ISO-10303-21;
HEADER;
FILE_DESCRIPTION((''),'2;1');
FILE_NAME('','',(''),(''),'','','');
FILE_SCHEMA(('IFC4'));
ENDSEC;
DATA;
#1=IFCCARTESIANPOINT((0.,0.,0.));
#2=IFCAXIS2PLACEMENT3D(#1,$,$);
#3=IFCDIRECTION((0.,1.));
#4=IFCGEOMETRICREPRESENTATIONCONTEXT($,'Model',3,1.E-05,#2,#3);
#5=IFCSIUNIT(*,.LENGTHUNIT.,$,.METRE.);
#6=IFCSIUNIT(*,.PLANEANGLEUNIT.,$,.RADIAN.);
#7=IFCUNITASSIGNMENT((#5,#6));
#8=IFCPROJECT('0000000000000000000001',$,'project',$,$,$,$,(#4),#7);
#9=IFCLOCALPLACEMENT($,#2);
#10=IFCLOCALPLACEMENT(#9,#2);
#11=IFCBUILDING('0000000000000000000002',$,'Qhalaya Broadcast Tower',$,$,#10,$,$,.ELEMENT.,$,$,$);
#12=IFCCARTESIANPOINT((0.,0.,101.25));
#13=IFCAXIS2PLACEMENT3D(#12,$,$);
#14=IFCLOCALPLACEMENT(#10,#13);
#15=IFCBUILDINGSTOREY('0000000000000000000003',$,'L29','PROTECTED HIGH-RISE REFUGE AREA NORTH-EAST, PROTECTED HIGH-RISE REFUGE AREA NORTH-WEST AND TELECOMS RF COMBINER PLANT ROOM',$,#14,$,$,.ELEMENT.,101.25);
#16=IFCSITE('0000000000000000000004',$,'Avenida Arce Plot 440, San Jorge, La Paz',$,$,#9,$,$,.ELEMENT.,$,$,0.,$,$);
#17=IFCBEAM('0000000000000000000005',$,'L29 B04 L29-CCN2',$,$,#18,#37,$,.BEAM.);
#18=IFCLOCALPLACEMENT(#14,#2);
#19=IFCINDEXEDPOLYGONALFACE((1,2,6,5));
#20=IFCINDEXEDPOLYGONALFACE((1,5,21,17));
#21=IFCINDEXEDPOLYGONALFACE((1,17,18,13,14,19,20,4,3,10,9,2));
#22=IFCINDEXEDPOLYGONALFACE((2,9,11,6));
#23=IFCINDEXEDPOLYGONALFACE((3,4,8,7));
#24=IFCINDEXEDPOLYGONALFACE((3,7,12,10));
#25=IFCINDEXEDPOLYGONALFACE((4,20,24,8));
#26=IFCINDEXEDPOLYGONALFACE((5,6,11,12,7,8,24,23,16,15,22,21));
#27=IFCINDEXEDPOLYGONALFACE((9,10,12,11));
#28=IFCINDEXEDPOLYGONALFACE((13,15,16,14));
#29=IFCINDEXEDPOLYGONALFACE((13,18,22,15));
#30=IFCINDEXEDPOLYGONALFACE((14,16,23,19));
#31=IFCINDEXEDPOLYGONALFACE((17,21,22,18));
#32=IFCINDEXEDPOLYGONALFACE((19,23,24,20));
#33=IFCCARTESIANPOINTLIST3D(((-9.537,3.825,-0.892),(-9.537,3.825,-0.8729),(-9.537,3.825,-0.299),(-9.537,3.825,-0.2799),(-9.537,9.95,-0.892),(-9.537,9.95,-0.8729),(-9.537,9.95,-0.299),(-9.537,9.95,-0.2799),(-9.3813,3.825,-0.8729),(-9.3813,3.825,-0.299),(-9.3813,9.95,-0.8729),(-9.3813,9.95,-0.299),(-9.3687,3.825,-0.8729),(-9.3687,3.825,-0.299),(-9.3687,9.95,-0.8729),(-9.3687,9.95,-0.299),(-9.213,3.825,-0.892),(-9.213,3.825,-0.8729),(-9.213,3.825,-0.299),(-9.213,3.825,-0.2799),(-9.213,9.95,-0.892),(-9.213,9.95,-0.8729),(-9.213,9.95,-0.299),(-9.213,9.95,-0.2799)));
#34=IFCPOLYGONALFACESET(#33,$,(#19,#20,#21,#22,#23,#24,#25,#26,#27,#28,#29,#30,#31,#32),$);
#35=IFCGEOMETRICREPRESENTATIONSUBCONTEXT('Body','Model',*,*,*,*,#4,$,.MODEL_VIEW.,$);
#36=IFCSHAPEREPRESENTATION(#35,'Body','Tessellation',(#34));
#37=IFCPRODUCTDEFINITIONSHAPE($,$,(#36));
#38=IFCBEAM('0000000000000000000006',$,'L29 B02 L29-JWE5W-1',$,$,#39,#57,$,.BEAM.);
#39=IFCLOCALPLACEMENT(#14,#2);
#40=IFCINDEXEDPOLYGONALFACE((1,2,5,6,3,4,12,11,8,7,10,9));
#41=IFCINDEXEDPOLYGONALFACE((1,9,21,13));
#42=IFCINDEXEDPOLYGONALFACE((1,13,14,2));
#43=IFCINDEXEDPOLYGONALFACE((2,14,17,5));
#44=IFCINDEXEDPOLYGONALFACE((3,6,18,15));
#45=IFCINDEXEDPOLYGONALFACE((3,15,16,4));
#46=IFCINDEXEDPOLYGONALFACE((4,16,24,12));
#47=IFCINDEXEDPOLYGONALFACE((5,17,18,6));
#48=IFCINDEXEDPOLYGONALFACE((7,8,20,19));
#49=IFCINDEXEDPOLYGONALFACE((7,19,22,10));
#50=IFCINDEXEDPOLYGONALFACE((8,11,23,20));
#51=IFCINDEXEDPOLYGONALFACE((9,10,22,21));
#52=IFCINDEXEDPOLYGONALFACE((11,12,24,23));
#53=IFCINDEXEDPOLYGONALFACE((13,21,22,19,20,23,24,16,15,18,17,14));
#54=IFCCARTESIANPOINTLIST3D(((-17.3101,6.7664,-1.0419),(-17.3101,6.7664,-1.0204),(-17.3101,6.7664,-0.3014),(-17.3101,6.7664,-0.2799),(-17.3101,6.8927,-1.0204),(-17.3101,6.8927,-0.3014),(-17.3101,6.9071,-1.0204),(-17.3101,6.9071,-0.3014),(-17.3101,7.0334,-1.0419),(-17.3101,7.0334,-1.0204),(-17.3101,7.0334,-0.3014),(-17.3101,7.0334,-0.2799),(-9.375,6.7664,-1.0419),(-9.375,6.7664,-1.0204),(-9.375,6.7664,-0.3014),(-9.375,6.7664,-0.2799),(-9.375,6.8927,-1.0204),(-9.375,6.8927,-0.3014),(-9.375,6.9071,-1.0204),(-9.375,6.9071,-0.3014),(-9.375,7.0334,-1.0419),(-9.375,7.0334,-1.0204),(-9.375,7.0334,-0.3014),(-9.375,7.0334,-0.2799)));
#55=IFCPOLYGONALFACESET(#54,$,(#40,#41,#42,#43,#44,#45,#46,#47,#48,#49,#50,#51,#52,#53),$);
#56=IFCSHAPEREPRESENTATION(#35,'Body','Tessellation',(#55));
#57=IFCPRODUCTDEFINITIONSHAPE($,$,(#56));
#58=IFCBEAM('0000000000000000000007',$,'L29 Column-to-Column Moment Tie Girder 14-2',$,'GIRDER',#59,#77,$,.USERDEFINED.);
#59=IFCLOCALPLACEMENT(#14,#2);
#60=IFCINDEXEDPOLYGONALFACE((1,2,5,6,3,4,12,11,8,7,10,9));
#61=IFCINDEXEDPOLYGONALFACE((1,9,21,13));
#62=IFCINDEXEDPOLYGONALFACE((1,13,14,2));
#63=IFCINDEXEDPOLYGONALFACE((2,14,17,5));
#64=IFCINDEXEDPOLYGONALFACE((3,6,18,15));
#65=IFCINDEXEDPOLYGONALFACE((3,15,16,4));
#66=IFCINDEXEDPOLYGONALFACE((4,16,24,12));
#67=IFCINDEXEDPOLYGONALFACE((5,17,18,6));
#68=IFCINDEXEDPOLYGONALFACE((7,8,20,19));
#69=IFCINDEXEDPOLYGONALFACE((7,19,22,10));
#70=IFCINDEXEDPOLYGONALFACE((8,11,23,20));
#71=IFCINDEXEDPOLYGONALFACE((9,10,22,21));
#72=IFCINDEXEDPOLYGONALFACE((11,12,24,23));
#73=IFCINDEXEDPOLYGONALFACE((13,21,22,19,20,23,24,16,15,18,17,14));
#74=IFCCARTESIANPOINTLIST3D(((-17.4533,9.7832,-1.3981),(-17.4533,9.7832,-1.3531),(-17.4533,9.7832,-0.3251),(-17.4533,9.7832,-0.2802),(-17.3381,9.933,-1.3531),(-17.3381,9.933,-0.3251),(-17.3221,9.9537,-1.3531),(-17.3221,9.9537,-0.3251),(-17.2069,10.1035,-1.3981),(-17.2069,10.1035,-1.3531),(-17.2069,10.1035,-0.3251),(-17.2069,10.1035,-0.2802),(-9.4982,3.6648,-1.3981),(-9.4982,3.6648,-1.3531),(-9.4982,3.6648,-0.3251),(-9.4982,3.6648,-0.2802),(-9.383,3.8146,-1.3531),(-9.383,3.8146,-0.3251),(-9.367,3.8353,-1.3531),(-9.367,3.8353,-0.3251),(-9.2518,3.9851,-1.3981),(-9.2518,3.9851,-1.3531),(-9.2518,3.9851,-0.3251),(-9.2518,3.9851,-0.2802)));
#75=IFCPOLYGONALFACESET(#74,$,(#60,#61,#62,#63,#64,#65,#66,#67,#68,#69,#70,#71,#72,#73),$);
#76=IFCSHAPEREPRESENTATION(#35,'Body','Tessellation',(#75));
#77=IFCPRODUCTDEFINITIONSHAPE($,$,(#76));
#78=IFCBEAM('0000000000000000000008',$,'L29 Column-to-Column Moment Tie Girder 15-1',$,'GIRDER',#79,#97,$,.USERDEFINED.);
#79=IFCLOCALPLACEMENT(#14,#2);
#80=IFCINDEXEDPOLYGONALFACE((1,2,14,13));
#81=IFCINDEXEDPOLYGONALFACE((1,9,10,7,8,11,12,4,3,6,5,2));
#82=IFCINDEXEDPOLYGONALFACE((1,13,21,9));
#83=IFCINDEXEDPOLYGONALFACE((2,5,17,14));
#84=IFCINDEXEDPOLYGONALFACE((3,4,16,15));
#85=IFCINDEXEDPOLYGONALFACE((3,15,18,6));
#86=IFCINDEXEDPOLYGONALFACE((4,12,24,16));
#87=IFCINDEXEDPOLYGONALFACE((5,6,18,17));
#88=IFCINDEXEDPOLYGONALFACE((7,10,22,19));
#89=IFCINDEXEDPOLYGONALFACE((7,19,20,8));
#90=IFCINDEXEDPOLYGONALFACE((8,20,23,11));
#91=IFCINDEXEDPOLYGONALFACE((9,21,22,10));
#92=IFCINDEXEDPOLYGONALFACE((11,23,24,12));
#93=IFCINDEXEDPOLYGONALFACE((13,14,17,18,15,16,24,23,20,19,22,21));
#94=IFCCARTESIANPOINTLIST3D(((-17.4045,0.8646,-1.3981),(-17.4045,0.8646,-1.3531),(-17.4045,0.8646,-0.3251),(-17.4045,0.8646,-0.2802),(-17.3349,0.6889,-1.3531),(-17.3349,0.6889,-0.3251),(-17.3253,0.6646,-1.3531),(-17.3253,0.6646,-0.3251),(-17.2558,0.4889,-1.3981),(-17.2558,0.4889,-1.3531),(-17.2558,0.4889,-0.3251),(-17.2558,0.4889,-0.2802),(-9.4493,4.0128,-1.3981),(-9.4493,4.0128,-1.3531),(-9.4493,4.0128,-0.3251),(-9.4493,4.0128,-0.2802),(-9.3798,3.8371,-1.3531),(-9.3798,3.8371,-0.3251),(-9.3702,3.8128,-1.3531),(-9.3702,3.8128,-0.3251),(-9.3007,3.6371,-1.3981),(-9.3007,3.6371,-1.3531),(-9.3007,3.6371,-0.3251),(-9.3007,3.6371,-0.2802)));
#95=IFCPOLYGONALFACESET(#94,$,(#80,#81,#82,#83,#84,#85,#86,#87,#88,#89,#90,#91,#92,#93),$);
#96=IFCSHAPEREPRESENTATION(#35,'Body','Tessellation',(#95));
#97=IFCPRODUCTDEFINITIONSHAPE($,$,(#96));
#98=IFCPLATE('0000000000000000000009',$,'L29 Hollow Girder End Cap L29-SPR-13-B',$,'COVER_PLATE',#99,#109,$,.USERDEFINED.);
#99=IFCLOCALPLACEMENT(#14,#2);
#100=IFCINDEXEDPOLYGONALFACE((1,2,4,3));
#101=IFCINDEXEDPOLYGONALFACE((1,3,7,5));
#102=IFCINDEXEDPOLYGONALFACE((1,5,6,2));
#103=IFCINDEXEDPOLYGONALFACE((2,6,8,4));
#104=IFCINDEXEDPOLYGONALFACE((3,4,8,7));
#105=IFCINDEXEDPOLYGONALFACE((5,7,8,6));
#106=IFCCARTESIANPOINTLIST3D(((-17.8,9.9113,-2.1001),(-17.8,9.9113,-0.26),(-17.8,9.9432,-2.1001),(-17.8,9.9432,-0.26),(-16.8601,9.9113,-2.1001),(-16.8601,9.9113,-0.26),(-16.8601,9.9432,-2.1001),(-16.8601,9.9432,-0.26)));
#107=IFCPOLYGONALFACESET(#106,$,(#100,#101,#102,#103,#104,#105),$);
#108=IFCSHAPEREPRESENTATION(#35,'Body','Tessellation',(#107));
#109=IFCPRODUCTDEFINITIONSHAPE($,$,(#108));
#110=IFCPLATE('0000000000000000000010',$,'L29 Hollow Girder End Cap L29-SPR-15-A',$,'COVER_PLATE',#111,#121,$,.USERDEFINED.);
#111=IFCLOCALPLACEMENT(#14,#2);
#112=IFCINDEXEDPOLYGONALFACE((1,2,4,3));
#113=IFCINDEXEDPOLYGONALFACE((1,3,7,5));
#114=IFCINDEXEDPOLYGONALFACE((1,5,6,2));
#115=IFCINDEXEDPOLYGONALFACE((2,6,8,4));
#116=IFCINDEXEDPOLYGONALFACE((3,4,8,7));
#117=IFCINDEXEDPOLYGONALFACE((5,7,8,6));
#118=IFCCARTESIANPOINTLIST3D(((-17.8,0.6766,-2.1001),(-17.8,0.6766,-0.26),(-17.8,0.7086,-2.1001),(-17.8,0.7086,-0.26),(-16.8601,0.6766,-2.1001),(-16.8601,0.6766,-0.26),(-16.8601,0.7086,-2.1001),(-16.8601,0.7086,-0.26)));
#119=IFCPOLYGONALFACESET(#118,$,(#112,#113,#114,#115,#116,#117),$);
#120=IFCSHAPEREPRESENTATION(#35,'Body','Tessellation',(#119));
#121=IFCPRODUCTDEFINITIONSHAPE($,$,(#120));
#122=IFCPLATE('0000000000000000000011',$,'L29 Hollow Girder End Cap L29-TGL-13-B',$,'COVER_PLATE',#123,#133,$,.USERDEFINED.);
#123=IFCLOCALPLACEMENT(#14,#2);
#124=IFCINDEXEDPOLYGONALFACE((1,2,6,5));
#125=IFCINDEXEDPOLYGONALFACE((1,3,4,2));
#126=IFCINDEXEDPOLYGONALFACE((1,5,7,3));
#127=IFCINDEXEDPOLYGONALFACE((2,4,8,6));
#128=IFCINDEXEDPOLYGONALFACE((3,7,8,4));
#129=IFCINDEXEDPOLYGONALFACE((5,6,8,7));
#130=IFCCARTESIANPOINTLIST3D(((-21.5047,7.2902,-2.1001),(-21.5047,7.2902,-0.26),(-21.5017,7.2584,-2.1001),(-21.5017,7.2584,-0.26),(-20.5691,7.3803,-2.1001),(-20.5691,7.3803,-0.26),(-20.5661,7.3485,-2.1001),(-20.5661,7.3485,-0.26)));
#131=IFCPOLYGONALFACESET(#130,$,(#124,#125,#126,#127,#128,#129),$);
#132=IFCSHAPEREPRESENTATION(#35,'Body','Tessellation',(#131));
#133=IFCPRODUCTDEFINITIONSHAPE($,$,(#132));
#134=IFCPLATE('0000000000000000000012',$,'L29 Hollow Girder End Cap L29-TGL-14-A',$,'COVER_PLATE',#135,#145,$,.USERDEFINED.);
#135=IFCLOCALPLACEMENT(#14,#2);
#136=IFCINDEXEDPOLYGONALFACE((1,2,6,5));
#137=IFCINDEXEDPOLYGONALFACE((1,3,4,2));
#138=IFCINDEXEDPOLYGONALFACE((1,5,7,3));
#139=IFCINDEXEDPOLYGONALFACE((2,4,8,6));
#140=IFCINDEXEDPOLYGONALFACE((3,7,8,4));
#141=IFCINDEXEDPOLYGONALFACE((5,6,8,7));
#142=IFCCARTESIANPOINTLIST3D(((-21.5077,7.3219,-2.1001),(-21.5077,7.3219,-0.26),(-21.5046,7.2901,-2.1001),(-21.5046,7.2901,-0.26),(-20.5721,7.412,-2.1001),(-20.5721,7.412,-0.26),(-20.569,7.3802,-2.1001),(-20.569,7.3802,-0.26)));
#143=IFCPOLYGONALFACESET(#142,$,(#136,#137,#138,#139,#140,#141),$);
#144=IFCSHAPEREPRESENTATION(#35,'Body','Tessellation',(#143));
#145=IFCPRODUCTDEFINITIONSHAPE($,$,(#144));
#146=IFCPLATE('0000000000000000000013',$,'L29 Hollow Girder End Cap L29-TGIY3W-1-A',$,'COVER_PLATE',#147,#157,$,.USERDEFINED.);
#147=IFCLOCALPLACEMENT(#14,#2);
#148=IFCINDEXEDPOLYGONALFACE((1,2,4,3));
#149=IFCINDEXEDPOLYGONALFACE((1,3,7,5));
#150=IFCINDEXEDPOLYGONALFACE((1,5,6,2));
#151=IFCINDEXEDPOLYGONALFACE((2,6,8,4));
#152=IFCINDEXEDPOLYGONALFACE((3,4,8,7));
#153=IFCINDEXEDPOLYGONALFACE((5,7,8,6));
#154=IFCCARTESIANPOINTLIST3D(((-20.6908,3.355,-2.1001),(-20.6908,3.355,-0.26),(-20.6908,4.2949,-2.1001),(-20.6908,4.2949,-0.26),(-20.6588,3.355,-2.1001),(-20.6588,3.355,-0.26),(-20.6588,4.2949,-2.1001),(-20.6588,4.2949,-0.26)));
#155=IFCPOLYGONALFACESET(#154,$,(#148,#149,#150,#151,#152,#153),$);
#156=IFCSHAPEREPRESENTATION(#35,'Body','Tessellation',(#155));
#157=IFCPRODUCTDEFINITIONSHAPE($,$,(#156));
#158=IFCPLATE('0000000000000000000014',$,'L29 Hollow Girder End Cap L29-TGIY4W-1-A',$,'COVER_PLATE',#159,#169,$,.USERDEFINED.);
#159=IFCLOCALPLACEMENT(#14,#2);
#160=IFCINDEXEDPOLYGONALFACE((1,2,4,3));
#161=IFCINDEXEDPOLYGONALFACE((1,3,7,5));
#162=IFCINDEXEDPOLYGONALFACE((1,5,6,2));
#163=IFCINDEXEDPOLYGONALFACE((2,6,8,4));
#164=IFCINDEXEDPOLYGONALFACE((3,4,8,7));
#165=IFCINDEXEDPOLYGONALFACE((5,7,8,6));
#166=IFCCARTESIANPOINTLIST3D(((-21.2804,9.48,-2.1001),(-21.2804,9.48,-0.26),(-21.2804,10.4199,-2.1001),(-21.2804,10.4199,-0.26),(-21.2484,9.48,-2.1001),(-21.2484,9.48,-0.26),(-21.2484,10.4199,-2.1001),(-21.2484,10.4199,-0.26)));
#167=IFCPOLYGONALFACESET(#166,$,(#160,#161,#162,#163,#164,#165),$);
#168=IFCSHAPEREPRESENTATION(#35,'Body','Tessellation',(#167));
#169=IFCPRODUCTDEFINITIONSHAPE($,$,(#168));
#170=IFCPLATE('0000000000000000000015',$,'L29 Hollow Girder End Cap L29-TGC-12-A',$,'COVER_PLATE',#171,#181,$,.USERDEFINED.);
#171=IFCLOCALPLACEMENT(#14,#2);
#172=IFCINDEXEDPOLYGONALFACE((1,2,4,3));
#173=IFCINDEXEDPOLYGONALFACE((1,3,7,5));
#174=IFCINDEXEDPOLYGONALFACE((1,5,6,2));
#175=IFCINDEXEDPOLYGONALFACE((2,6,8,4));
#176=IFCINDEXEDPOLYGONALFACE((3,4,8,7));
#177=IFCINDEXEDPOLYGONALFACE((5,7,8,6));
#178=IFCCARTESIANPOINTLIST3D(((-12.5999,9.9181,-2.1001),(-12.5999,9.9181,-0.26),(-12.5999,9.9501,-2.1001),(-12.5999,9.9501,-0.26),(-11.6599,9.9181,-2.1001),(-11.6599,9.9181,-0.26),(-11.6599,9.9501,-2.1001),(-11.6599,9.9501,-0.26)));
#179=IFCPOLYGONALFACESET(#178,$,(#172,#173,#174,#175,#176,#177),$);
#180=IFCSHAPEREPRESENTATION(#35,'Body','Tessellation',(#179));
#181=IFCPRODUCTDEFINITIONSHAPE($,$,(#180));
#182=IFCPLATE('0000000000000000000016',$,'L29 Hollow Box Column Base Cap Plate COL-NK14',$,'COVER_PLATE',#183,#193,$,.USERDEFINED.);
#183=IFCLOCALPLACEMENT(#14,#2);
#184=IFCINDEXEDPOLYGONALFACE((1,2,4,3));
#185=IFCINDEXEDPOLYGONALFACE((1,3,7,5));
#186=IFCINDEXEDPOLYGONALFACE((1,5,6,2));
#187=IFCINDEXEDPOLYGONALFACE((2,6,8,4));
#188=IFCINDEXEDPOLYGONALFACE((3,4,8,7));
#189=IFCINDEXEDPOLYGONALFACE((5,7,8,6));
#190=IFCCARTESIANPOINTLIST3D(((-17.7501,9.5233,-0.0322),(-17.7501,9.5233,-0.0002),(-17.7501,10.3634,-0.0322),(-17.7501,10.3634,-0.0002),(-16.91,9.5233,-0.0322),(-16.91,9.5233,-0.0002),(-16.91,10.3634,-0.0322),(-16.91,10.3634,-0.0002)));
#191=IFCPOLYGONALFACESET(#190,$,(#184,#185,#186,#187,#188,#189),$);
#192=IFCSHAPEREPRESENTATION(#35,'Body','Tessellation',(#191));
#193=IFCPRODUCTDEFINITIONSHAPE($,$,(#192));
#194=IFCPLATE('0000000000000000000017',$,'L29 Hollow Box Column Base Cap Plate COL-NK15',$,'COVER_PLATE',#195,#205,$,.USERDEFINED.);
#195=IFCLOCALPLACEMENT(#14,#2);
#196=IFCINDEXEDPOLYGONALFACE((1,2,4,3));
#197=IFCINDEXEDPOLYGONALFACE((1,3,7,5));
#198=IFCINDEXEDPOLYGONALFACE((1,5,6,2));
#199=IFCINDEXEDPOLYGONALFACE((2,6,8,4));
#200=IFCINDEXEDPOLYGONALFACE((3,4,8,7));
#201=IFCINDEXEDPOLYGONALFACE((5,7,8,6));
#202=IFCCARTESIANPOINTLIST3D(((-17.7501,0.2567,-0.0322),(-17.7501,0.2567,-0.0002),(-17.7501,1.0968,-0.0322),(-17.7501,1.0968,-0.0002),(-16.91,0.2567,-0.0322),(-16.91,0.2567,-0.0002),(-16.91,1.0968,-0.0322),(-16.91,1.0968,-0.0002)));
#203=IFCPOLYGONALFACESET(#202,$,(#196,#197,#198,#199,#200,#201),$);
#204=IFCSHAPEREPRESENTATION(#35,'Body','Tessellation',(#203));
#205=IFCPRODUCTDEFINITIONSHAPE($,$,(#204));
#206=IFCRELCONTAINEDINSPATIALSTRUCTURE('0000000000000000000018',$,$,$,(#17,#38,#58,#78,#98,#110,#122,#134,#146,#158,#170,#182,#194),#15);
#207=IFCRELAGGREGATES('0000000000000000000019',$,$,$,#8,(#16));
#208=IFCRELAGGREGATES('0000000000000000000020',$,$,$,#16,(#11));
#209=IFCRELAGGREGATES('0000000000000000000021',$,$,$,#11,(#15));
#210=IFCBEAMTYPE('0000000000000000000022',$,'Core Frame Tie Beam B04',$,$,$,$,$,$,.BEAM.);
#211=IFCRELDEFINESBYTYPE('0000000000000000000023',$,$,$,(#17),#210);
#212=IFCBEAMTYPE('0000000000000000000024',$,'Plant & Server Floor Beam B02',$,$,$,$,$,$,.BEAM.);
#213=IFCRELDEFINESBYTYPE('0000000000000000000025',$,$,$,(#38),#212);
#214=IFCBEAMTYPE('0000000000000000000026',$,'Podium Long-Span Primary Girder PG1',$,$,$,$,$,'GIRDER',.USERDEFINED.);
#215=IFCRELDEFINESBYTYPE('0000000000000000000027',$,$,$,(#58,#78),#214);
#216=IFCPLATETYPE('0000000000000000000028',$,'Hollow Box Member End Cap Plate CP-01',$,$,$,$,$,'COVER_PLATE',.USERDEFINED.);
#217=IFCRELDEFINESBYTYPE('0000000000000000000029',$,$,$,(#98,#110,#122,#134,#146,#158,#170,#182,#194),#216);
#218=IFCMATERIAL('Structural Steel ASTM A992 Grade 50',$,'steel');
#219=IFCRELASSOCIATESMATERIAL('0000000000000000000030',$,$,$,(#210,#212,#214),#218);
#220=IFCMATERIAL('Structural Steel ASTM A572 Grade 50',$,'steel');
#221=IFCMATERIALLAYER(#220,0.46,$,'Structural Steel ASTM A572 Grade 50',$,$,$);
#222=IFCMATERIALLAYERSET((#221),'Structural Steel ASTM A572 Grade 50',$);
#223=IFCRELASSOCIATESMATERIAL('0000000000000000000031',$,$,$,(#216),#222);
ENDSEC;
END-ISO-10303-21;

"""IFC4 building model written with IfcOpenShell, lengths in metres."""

from ifc_helpers import new_model, si_unit, direction, frame, origin, origin_2d, place, context, subcontext, project, spatial, rectangle, i_section, extrude, material, layer, layer_set, material_profile, profile_set, type_object, element, save


model = new_model("IFC4")

# Units and contexts
model_context = context("Model", 3, precision=1e-05, world=origin(), true_north=direction((0.0, 1.0)))
body_context = subcontext(model_context, "Body", "Model", "MODEL_VIEW")
ifc_project = project(units=[si_unit("LENGTHUNIT", "METRE"), si_unit("PLANEANGLEUNIT", "RADIAN")], contexts=[model_context])

# Site, building, storey
site_placement = place(None, origin())
site = spatial("IfcSite", under=ifc_project, at=site_placement, Name="Avenida Arce Plot 440, San Jorge, La Paz", CompositionType="ELEMENT", RefElevation=0.0)
building_placement = place(site_placement, origin())
building = spatial("IfcBuilding", under=site, at=building_placement, Name="Qhalaya Broadcast Tower", CompositionType="ELEMENT")
storey_placement = place(building_placement, frame((0.0, 0.0, 101.25)))
storey = spatial("IfcBuildingStorey", under=building, at=storey_placement, Name="L29", Description="PROTECTED HIGH-RISE REFUGE AREA NORTH-EAST, PROTECTED HIGH-RISE REFUGE AREA NORTH-WEST AND TELECOMS RF COMBINER PLANT ROOM", CompositionType="ELEMENT", Elevation=101.25)

# Shared definitions
ifc_material_1 = material(Name="Structural Steel ASTM A572 Grade 50", Category="steel")

# Beams
ifc_material_2 = material(Name="Structural Steel ASTM A992 Grade 50", Category="steel")
ifc_material_profile_1 = material_profile(ifc_material_2, i_section(OverallWidth=0.324, OverallDepth=0.6121, WebThickness=0.0127, FlangeThickness=0.019, at=origin_2d()), Name="W24X104")
ifc_profile_set_1 = profile_set([ifc_material_profile_1], Name="Structural Steel ASTM A992 Grade 50")
beam_type_1 = type_object("IfcBeamType", Name="Core Frame Tie Beam B04", PredefinedType="BEAM", material=ifc_profile_set_1)
beam_1_placement = place(storey_placement, frame((-9.375, 3.825, -0.5859), z_axis=(0.0, 1.0, 0.0), x_axis=(-1.0, 0.0, 0.0)))
element("IfcBeam", 1, at=beam_1_placement, inside=storey, type_object=beam_type_1, Name="L29 B04 L29-CCN2", PredefinedType="BEAM", context=body_context, shape_type="SweptSolid", body=[
    extrude(i_section(OverallWidth=0.324, OverallDepth=0.6121, WebThickness=0.0127, FlangeThickness=0.019, at=origin_2d()), origin(), (0.0, 0.0, 1.0), 6.125),
])
ifc_material_profile_2 = material_profile(ifc_material_2, i_section(OverallWidth=0.2671, OverallDepth=0.762, WebThickness=0.0144, FlangeThickness=0.0215, at=origin_2d()), Name="W30X116")
ifc_profile_set_2 = profile_set([ifc_material_profile_2], Name="Structural Steel ASTM A992 Grade 50")
beam_type_2 = type_object("IfcBeamType", Name="Plant & Server Floor Beam B02", PredefinedType="BEAM", material=ifc_profile_set_2)
beam_2_placement = place(storey_placement, frame((-17.3101, 6.8999, -0.6609), z_axis=(1.0, 0.0, 0.0), x_axis=(0.0, 1.0, 0.0)))
element("IfcBeam", 2, at=beam_2_placement, inside=storey, type_object=beam_type_2, Name="L29 B02 L29-JWE5W-1", PredefinedType="BEAM", context=body_context, shape_type="SweptSolid", body=[
    extrude(i_section(OverallWidth=0.2671, OverallDepth=0.762, WebThickness=0.0144, FlangeThickness=0.0215, at=origin_2d()), origin(), (0.0, 0.0, 1.0), 7.9351),
])
ifc_material_profile_3 = material_profile(ifc_material_2, i_section(OverallWidth=0.4041, OverallDepth=1.1179, WebThickness=0.0261, FlangeThickness=0.0449, at=origin_2d()), Name="W44X335")
ifc_profile_set_3 = profile_set([ifc_material_profile_3], Name="Structural Steel ASTM A992 Grade 50")
beam_type_3 = type_object("IfcBeamType", Name="Podium Long-Span Primary Girder PG1", ElementType="GIRDER", PredefinedType="USERDEFINED", material=ifc_profile_set_3)
beam_3_placement = place(storey_placement, frame((-9.375, 3.825, -0.8391), z_axis=(-0.792666, 0.609656, 0.0), x_axis=(-0.609656, -0.792666, 0.0)))
element("IfcBeam", 3, at=beam_3_placement, inside=storey, type_object=beam_type_3, Name="L29 Column-to-Column Moment Tie Girder 14-2", ObjectType="GIRDER", PredefinedType="USERDEFINED", context=body_context, shape_type="SweptSolid", body=[
    extrude(i_section(OverallWidth=0.4041, OverallDepth=1.1179, WebThickness=0.0261, FlangeThickness=0.0449, at=origin_2d()), origin(), (0.0, 0.0, 1.0), 10.0359),
])
beam_4_placement = place(storey_placement, frame((-9.375, 3.825, -0.8391), z_axis=(-0.929834, -0.367979, 0.0), x_axis=(0.367979, -0.929834, 0.0)))
element("IfcBeam", 4, at=beam_4_placement, inside=storey, type_object=beam_type_3, Name="L29 Column-to-Column Moment Tie Girder 15-1", ObjectType="GIRDER", PredefinedType="USERDEFINED", context=body_context, shape_type="SweptSolid", body=[
    extrude(i_section(OverallWidth=0.4041, OverallDepth=1.1179, WebThickness=0.0261, FlangeThickness=0.0449, at=origin_2d()), origin(), (0.0, 0.0, 1.0), 8.5554),
])

# Plates
ifc_layer_1 = layer(ifc_material_1, 0.46, Name="Structural Steel ASTM A572 Grade 50")
ifc_layer_set_1 = layer_set([ifc_layer_1], Name="Structural Steel ASTM A572 Grade 50")
plate_type_1 = type_object("IfcPlateType", Name="Hollow Box Member End Cap Plate CP-01", ElementType="COVER_PLATE", PredefinedType="USERDEFINED", material=ifc_layer_set_1)
for number, where, z_axis, x_axis, name in (
    (5, (-17.3301, 9.9272, -2.1001), (0.0, 0.0, 1.0), (1.0, 0.0, 0.0), "L29 Hollow Girder End Cap L29-SPR-13-B"),
    (6, (-17.3301, 0.6926, -2.1001), (0.0, 0.0, 1.0), (1.0, 0.0, 0.0), "L29 Hollow Girder End Cap L29-SPR-15-A"),
    (7, (-21.0354, 7.3193, -2.1001), (0.0, 0.0, 1.0), (0.995396, 0.095846, 0.0), "L29 Hollow Girder End Cap L29-TGL-13-B"),
    (8, (-21.0383, 7.3511, -2.1001), (0.0, 0.0, 1.0), (0.995396, 0.095846, 0.0), "L29 Hollow Girder End Cap L29-TGL-14-A"),
    (9, (-20.6748, 3.825, -2.1001), (0.0, 0.0, 1.0), (0.0, 1.0, 0.0), "L29 Hollow Girder End Cap L29-TGIY3W-1-A"),
    (10, (-21.2644, 9.95, -2.1001), (0.0, 0.0, 1.0), (0.0, 1.0, 0.0), "L29 Hollow Girder End Cap L29-TGIY4W-1-A"),
    (11, (-12.1299, 9.9341, -2.1001), (0.0, 0.0, 1.0), (-1.0, 0.0, 0.0), "L29 Hollow Girder End Cap L29-TGC-12-A"),
):
    element("IfcPlate", number, at=place(storey_placement, frame(where, z_axis=z_axis, x_axis=x_axis)), inside=storey, type_object=plate_type_1, Name=name, ObjectType="COVER_PLATE", PredefinedType="USERDEFINED", context=body_context, shape_type="SweptSolid", body=[
        extrude(rectangle(XDim=0.9399, YDim=0.032, at=origin_2d()), origin(), (0.0, 0.0, 1.0), 1.8401),
    ])
for number, where, z_axis, x_axis, name in (
    (12, (-17.3301, 9.9434, -0.0322), (0.0, 0.0, 1.0), (0.0, 1.0, 0.0), "L29 Hollow Box Column Base Cap Plate COL-NK14"),
    (13, (-17.3301, 0.6768, -0.0322), (0.0, 0.0, 1.0), (0.0, 1.0, 0.0), "L29 Hollow Box Column Base Cap Plate COL-NK15"),
):
    element("IfcPlate", number, at=place(storey_placement, frame(where, z_axis=z_axis, x_axis=x_axis)), inside=storey, type_object=plate_type_1, Name=name, ObjectType="COVER_PLATE", PredefinedType="USERDEFINED", context=body_context, shape_type="SweptSolid", body=[
        extrude(rectangle(XDim=0.8401, YDim=0.8401, at=origin_2d()), origin(), (0.0, 0.0, 1.0), 0.032),
    ])

save(model, "model.ifc")
